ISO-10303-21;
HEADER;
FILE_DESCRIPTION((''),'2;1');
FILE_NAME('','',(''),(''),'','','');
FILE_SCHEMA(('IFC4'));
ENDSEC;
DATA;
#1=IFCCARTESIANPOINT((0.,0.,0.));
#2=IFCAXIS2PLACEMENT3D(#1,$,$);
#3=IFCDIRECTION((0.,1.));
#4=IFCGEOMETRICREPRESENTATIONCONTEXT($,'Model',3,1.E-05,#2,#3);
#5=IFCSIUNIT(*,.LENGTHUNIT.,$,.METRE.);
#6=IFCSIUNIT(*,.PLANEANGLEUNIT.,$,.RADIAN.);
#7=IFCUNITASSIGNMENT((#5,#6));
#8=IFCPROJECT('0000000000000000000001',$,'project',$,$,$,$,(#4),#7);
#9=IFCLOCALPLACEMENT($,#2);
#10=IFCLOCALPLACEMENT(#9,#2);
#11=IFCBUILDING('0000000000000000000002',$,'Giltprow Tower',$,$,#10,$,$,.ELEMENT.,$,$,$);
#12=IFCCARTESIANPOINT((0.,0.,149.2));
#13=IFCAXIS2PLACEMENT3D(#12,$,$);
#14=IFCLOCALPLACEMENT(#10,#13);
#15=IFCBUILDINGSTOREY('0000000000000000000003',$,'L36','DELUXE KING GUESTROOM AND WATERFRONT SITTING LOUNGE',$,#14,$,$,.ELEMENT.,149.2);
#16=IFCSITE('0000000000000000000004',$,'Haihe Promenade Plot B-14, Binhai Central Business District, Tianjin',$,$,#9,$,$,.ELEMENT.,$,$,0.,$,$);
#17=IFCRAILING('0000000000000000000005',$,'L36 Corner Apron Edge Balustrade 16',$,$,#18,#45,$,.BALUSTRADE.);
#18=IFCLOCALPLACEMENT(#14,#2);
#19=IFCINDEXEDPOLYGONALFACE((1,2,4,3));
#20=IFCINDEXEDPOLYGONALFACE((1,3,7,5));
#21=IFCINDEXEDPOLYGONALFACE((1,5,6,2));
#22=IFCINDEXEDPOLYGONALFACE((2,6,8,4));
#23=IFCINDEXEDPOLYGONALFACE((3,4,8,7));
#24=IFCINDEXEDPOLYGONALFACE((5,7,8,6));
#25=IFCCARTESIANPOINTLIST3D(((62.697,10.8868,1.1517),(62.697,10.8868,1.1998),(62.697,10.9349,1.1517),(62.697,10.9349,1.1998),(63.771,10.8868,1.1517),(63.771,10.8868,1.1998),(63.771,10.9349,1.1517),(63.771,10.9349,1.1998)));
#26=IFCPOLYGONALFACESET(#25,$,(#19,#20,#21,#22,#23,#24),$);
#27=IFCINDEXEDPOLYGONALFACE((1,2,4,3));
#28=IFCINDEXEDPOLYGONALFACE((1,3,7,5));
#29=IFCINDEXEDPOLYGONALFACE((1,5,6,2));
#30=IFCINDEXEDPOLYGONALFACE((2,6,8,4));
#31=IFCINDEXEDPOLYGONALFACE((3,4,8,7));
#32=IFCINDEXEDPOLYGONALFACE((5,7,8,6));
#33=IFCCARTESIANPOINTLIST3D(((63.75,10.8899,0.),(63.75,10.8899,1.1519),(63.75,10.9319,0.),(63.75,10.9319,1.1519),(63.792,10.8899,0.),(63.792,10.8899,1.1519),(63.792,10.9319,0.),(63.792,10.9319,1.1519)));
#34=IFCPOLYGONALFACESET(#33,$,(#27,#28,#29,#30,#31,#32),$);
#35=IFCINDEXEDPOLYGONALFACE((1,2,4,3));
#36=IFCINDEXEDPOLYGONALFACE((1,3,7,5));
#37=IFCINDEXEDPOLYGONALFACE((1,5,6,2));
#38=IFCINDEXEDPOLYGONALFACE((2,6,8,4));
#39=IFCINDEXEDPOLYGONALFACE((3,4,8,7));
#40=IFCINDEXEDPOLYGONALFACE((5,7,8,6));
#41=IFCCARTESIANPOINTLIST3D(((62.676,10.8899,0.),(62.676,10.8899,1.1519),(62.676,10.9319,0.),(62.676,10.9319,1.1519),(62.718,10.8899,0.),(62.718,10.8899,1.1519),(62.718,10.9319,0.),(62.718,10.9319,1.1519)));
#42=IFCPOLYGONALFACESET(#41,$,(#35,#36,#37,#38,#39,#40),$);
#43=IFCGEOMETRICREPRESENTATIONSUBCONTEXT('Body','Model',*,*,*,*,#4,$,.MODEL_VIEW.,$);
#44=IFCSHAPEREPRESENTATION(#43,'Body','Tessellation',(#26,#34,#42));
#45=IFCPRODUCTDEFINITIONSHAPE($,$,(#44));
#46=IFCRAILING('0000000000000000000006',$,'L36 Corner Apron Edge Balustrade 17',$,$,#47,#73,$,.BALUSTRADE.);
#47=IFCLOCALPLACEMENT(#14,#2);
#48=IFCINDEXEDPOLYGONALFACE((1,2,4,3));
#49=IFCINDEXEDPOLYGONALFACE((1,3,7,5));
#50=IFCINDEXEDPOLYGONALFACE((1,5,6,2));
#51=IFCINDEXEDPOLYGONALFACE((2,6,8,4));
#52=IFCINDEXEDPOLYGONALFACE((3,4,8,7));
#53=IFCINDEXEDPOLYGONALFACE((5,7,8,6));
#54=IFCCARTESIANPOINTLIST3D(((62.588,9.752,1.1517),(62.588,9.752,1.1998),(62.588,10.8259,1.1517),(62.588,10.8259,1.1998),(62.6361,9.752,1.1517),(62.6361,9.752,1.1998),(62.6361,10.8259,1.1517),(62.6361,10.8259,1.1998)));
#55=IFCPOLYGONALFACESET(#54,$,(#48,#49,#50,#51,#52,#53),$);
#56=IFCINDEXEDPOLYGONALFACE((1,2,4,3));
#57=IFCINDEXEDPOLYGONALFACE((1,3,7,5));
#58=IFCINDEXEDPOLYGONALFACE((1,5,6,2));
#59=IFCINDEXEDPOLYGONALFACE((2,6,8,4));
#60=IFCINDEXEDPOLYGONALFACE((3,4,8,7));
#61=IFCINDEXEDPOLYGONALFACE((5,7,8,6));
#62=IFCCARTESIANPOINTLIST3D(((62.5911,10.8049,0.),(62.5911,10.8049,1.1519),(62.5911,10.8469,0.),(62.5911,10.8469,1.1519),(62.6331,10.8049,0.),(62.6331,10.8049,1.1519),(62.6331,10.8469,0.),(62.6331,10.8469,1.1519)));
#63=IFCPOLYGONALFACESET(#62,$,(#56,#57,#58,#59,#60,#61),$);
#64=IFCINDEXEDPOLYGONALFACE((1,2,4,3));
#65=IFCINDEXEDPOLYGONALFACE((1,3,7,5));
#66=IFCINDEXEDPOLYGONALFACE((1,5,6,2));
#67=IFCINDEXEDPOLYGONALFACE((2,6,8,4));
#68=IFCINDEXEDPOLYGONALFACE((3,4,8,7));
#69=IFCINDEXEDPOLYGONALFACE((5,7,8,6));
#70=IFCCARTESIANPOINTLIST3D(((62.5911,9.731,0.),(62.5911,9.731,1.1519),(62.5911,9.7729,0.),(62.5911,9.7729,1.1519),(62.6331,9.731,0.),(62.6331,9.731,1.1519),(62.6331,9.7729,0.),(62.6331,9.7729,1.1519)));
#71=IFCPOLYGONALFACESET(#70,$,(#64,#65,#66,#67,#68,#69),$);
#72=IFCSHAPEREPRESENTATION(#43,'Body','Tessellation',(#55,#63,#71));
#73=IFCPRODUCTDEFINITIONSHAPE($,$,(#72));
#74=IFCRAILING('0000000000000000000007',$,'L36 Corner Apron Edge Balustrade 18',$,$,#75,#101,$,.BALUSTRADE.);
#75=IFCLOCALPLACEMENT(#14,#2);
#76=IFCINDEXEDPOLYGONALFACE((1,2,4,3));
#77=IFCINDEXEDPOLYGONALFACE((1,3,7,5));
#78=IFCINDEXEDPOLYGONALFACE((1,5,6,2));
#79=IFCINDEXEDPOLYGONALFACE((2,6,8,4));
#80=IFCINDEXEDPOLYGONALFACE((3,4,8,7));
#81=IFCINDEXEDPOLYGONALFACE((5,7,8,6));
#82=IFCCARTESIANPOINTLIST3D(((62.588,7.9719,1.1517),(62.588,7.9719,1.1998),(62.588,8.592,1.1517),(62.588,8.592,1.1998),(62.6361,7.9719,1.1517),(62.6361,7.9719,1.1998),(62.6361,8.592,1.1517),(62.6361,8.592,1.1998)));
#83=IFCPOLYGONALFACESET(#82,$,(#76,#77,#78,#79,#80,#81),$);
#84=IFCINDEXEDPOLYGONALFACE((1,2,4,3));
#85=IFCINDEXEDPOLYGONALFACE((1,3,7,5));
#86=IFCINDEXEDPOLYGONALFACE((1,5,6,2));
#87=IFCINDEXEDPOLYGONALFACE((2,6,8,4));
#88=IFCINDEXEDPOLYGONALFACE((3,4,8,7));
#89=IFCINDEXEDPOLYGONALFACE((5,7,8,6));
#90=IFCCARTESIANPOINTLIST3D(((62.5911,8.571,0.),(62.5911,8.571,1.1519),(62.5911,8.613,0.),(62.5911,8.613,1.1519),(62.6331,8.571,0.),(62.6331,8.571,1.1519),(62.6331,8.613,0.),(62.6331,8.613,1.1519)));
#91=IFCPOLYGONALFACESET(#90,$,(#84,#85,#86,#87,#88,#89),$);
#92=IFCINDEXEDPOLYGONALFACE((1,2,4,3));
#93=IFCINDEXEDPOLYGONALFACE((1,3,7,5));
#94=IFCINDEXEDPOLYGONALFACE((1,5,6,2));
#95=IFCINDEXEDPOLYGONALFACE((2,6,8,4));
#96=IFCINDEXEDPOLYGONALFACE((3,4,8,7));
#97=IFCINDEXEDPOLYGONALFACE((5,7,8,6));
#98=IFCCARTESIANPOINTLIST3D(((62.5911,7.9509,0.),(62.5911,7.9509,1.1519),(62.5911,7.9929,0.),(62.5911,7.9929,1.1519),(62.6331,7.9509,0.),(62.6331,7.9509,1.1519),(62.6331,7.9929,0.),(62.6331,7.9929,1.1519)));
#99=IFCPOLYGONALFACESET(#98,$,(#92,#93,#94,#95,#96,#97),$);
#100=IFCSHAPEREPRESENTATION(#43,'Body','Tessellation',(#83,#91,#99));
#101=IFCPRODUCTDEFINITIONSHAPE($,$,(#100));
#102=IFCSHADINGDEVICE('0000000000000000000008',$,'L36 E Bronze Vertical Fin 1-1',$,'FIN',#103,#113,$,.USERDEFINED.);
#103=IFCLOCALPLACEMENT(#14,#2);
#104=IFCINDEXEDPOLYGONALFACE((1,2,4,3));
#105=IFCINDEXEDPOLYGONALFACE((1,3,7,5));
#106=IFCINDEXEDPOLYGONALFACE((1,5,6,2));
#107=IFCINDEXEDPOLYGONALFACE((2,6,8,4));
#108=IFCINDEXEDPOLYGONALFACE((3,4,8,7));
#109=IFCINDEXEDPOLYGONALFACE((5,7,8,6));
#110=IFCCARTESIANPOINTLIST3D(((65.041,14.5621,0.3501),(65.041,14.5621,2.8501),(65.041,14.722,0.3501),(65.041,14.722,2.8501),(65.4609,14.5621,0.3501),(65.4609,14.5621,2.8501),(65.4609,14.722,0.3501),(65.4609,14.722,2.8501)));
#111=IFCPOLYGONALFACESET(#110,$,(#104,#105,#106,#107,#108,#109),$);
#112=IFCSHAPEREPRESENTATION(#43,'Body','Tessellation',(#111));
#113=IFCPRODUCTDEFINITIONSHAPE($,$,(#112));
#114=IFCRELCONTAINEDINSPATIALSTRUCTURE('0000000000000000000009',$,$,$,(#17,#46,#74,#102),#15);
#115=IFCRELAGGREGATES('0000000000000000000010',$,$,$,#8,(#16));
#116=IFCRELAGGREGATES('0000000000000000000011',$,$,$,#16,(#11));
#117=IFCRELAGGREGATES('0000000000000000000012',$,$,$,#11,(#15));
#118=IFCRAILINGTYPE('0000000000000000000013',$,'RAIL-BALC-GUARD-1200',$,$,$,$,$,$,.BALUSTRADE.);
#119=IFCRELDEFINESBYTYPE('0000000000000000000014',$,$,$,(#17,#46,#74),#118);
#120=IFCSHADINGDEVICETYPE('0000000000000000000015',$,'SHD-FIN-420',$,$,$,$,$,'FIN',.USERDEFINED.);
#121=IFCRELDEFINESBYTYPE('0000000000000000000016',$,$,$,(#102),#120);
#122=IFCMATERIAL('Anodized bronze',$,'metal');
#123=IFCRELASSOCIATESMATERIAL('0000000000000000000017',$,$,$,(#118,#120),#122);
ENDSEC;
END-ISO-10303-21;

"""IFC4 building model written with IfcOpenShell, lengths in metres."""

from ifc_helpers import new_model, si_unit, direction, frame, origin, origin_2d, place, context, subcontext, project, spatial, rectangle, extrude, source, transform, mapped, material, type_object, element, save


model = new_model("IFC4")

# Units and contexts
model_context = context("Model", 3, precision=1e-05, world=origin(), true_north=direction((0.0, 1.0)))
body_context = subcontext(model_context, "Body", "Model", "MODEL_VIEW")
ifc_project = project(units=[si_unit("LENGTHUNIT", "METRE"), si_unit("PLANEANGLEUNIT", "RADIAN")], contexts=[model_context])

# Site, building, storey
site_placement = place(None, origin())
site = spatial("IfcSite", under=ifc_project, at=site_placement, Name="Haihe Promenade Plot B-14, Binhai Central Business District, Tianjin", CompositionType="ELEMENT", RefElevation=0.0)
building_placement = place(site_placement, origin())
building = spatial("IfcBuilding", under=site, at=building_placement, Name="Giltprow Tower", CompositionType="ELEMENT")
storey_placement = place(building_placement, frame((0.0, 0.0, 149.2)))
storey = spatial("IfcBuildingStorey", under=building, at=storey_placement, Name="L36", Description="DELUXE KING GUESTROOM AND WATERFRONT SITTING LOUNGE", CompositionType="ELEMENT", Elevation=149.2)

# Shared definitions
ifc_material_1 = material(Name="Anodized bronze", Category="metal")

# Railings
railing_type = type_object("IfcRailingType", Name="RAIL-BALC-GUARD-1200", PredefinedType="BALUSTRADE", material=ifc_material_1)
railing_1_placement = place(storey_placement, frame((63.771, 10.9109, 0.0)))
element("IfcRailing", 1, at=railing_1_placement, inside=storey, type_object=railing_type, Name="L36 Corner Apron Edge Balustrade 16", PredefinedType="BALUSTRADE", context=body_context, shape_type="SweptSolid", body=[
    extrude(rectangle(XDim=0.0481, YDim=0.0481, at=origin_2d()), frame((0.0, 0.0, 1.1758), z_axis=(-1.0, 0.0, 0.0), x_axis=(0.0, -1.0, 0.0)), (0.0, 0.0, 1.0), 1.074),
    extrude(rectangle(XDim=0.042, YDim=0.042, at=origin_2d()), origin(), (0.0, 0.0, 1.0), 1.1519),
    extrude(rectangle(XDim=0.042, YDim=0.042, at=origin_2d()), frame((-1.074, 0.0, 0.0)), (0.0, 0.0, 1.0), 1.1519),
])
railing_2_placement = place(storey_placement, frame((62.6121, 10.8259, 0.0)))
element("IfcRailing", 2, at=railing_2_placement, inside=storey, type_object=railing_type, Name="L36 Corner Apron Edge Balustrade 17", PredefinedType="BALUSTRADE", context=body_context, shape_type="SweptSolid", body=[
    extrude(rectangle(XDim=0.0481, YDim=0.0481, at=origin_2d()), frame((0.0, 0.0, 1.1758), z_axis=(0.0, -1.0, 0.0), x_axis=(1.0, 0.0, 0.0)), (0.0, 0.0, 1.0), 1.074),
    extrude(rectangle(XDim=0.042, YDim=0.042, at=origin_2d()), origin(), (0.0, 0.0, 1.0), 1.1519),
    extrude(rectangle(XDim=0.042, YDim=0.042, at=origin_2d()), frame((0.0, -1.074, 0.0)), (0.0, 0.0, 1.0), 1.1519),
])
railing_3_placement = place(storey_placement, frame((62.6121, 8.592, 0.0)))
element("IfcRailing", 3, at=railing_3_placement, inside=storey, type_object=railing_type, Name="L36 Corner Apron Edge Balustrade 18", PredefinedType="BALUSTRADE", context=body_context, shape_type="SweptSolid", body=[
    extrude(rectangle(XDim=0.0481, YDim=0.0481, at=origin_2d()), frame((0.0, 0.0, 1.1758), z_axis=(0.0, -1.0, 0.0), x_axis=(1.0, 0.0, 0.0)), (0.0, 0.0, 1.0), 0.6201),
    extrude(rectangle(XDim=0.042, YDim=0.042, at=origin_2d()), origin(), (0.0, 0.0, 1.0), 1.1519),
    extrude(rectangle(XDim=0.042, YDim=0.042, at=origin_2d()), frame((0.0, -0.6201, 0.0)), (0.0, 0.0, 1.0), 1.1519),
])

# Shading device
shading_device_type = type_object("IfcShadingDeviceType", Name="SHD-FIN-420", ElementType="FIN", PredefinedType="USERDEFINED", material=ifc_material_1)
shared_shape_1 = source(origin(), body_context, "Body", "SweptSolid", [
    extrude(rectangle(XDim=0.4199, YDim=0.1599, at=origin_2d()), origin(), (0.0, 0.0, 1.0), 2.5),
])
shading_device_placement = place(storey_placement, frame((65.251, 14.6421, 0.3501), z_axis=(0.0, 0.0, 1.0), x_axis=(1.0, 0.0, 0.0)))
element("IfcShadingDevice", 4, at=shading_device_placement, inside=storey, type_object=shading_device_type, Name="L36 E Bronze Vertical Fin 1-1", ObjectType="FIN", PredefinedType="USERDEFINED", context=body_context, shape_type="MappedRepresentation", body=[
    mapped(shared_shape_1, transform((0.0, 0.0, 0.0), x_axis=(1.0, 0.0, 0.0), y_axis=(0.0, 1.0, 0.0), z_axis=(0.0, 0.0, 1.0), scale=1.0)),
])

save(model, "model.ifc")
